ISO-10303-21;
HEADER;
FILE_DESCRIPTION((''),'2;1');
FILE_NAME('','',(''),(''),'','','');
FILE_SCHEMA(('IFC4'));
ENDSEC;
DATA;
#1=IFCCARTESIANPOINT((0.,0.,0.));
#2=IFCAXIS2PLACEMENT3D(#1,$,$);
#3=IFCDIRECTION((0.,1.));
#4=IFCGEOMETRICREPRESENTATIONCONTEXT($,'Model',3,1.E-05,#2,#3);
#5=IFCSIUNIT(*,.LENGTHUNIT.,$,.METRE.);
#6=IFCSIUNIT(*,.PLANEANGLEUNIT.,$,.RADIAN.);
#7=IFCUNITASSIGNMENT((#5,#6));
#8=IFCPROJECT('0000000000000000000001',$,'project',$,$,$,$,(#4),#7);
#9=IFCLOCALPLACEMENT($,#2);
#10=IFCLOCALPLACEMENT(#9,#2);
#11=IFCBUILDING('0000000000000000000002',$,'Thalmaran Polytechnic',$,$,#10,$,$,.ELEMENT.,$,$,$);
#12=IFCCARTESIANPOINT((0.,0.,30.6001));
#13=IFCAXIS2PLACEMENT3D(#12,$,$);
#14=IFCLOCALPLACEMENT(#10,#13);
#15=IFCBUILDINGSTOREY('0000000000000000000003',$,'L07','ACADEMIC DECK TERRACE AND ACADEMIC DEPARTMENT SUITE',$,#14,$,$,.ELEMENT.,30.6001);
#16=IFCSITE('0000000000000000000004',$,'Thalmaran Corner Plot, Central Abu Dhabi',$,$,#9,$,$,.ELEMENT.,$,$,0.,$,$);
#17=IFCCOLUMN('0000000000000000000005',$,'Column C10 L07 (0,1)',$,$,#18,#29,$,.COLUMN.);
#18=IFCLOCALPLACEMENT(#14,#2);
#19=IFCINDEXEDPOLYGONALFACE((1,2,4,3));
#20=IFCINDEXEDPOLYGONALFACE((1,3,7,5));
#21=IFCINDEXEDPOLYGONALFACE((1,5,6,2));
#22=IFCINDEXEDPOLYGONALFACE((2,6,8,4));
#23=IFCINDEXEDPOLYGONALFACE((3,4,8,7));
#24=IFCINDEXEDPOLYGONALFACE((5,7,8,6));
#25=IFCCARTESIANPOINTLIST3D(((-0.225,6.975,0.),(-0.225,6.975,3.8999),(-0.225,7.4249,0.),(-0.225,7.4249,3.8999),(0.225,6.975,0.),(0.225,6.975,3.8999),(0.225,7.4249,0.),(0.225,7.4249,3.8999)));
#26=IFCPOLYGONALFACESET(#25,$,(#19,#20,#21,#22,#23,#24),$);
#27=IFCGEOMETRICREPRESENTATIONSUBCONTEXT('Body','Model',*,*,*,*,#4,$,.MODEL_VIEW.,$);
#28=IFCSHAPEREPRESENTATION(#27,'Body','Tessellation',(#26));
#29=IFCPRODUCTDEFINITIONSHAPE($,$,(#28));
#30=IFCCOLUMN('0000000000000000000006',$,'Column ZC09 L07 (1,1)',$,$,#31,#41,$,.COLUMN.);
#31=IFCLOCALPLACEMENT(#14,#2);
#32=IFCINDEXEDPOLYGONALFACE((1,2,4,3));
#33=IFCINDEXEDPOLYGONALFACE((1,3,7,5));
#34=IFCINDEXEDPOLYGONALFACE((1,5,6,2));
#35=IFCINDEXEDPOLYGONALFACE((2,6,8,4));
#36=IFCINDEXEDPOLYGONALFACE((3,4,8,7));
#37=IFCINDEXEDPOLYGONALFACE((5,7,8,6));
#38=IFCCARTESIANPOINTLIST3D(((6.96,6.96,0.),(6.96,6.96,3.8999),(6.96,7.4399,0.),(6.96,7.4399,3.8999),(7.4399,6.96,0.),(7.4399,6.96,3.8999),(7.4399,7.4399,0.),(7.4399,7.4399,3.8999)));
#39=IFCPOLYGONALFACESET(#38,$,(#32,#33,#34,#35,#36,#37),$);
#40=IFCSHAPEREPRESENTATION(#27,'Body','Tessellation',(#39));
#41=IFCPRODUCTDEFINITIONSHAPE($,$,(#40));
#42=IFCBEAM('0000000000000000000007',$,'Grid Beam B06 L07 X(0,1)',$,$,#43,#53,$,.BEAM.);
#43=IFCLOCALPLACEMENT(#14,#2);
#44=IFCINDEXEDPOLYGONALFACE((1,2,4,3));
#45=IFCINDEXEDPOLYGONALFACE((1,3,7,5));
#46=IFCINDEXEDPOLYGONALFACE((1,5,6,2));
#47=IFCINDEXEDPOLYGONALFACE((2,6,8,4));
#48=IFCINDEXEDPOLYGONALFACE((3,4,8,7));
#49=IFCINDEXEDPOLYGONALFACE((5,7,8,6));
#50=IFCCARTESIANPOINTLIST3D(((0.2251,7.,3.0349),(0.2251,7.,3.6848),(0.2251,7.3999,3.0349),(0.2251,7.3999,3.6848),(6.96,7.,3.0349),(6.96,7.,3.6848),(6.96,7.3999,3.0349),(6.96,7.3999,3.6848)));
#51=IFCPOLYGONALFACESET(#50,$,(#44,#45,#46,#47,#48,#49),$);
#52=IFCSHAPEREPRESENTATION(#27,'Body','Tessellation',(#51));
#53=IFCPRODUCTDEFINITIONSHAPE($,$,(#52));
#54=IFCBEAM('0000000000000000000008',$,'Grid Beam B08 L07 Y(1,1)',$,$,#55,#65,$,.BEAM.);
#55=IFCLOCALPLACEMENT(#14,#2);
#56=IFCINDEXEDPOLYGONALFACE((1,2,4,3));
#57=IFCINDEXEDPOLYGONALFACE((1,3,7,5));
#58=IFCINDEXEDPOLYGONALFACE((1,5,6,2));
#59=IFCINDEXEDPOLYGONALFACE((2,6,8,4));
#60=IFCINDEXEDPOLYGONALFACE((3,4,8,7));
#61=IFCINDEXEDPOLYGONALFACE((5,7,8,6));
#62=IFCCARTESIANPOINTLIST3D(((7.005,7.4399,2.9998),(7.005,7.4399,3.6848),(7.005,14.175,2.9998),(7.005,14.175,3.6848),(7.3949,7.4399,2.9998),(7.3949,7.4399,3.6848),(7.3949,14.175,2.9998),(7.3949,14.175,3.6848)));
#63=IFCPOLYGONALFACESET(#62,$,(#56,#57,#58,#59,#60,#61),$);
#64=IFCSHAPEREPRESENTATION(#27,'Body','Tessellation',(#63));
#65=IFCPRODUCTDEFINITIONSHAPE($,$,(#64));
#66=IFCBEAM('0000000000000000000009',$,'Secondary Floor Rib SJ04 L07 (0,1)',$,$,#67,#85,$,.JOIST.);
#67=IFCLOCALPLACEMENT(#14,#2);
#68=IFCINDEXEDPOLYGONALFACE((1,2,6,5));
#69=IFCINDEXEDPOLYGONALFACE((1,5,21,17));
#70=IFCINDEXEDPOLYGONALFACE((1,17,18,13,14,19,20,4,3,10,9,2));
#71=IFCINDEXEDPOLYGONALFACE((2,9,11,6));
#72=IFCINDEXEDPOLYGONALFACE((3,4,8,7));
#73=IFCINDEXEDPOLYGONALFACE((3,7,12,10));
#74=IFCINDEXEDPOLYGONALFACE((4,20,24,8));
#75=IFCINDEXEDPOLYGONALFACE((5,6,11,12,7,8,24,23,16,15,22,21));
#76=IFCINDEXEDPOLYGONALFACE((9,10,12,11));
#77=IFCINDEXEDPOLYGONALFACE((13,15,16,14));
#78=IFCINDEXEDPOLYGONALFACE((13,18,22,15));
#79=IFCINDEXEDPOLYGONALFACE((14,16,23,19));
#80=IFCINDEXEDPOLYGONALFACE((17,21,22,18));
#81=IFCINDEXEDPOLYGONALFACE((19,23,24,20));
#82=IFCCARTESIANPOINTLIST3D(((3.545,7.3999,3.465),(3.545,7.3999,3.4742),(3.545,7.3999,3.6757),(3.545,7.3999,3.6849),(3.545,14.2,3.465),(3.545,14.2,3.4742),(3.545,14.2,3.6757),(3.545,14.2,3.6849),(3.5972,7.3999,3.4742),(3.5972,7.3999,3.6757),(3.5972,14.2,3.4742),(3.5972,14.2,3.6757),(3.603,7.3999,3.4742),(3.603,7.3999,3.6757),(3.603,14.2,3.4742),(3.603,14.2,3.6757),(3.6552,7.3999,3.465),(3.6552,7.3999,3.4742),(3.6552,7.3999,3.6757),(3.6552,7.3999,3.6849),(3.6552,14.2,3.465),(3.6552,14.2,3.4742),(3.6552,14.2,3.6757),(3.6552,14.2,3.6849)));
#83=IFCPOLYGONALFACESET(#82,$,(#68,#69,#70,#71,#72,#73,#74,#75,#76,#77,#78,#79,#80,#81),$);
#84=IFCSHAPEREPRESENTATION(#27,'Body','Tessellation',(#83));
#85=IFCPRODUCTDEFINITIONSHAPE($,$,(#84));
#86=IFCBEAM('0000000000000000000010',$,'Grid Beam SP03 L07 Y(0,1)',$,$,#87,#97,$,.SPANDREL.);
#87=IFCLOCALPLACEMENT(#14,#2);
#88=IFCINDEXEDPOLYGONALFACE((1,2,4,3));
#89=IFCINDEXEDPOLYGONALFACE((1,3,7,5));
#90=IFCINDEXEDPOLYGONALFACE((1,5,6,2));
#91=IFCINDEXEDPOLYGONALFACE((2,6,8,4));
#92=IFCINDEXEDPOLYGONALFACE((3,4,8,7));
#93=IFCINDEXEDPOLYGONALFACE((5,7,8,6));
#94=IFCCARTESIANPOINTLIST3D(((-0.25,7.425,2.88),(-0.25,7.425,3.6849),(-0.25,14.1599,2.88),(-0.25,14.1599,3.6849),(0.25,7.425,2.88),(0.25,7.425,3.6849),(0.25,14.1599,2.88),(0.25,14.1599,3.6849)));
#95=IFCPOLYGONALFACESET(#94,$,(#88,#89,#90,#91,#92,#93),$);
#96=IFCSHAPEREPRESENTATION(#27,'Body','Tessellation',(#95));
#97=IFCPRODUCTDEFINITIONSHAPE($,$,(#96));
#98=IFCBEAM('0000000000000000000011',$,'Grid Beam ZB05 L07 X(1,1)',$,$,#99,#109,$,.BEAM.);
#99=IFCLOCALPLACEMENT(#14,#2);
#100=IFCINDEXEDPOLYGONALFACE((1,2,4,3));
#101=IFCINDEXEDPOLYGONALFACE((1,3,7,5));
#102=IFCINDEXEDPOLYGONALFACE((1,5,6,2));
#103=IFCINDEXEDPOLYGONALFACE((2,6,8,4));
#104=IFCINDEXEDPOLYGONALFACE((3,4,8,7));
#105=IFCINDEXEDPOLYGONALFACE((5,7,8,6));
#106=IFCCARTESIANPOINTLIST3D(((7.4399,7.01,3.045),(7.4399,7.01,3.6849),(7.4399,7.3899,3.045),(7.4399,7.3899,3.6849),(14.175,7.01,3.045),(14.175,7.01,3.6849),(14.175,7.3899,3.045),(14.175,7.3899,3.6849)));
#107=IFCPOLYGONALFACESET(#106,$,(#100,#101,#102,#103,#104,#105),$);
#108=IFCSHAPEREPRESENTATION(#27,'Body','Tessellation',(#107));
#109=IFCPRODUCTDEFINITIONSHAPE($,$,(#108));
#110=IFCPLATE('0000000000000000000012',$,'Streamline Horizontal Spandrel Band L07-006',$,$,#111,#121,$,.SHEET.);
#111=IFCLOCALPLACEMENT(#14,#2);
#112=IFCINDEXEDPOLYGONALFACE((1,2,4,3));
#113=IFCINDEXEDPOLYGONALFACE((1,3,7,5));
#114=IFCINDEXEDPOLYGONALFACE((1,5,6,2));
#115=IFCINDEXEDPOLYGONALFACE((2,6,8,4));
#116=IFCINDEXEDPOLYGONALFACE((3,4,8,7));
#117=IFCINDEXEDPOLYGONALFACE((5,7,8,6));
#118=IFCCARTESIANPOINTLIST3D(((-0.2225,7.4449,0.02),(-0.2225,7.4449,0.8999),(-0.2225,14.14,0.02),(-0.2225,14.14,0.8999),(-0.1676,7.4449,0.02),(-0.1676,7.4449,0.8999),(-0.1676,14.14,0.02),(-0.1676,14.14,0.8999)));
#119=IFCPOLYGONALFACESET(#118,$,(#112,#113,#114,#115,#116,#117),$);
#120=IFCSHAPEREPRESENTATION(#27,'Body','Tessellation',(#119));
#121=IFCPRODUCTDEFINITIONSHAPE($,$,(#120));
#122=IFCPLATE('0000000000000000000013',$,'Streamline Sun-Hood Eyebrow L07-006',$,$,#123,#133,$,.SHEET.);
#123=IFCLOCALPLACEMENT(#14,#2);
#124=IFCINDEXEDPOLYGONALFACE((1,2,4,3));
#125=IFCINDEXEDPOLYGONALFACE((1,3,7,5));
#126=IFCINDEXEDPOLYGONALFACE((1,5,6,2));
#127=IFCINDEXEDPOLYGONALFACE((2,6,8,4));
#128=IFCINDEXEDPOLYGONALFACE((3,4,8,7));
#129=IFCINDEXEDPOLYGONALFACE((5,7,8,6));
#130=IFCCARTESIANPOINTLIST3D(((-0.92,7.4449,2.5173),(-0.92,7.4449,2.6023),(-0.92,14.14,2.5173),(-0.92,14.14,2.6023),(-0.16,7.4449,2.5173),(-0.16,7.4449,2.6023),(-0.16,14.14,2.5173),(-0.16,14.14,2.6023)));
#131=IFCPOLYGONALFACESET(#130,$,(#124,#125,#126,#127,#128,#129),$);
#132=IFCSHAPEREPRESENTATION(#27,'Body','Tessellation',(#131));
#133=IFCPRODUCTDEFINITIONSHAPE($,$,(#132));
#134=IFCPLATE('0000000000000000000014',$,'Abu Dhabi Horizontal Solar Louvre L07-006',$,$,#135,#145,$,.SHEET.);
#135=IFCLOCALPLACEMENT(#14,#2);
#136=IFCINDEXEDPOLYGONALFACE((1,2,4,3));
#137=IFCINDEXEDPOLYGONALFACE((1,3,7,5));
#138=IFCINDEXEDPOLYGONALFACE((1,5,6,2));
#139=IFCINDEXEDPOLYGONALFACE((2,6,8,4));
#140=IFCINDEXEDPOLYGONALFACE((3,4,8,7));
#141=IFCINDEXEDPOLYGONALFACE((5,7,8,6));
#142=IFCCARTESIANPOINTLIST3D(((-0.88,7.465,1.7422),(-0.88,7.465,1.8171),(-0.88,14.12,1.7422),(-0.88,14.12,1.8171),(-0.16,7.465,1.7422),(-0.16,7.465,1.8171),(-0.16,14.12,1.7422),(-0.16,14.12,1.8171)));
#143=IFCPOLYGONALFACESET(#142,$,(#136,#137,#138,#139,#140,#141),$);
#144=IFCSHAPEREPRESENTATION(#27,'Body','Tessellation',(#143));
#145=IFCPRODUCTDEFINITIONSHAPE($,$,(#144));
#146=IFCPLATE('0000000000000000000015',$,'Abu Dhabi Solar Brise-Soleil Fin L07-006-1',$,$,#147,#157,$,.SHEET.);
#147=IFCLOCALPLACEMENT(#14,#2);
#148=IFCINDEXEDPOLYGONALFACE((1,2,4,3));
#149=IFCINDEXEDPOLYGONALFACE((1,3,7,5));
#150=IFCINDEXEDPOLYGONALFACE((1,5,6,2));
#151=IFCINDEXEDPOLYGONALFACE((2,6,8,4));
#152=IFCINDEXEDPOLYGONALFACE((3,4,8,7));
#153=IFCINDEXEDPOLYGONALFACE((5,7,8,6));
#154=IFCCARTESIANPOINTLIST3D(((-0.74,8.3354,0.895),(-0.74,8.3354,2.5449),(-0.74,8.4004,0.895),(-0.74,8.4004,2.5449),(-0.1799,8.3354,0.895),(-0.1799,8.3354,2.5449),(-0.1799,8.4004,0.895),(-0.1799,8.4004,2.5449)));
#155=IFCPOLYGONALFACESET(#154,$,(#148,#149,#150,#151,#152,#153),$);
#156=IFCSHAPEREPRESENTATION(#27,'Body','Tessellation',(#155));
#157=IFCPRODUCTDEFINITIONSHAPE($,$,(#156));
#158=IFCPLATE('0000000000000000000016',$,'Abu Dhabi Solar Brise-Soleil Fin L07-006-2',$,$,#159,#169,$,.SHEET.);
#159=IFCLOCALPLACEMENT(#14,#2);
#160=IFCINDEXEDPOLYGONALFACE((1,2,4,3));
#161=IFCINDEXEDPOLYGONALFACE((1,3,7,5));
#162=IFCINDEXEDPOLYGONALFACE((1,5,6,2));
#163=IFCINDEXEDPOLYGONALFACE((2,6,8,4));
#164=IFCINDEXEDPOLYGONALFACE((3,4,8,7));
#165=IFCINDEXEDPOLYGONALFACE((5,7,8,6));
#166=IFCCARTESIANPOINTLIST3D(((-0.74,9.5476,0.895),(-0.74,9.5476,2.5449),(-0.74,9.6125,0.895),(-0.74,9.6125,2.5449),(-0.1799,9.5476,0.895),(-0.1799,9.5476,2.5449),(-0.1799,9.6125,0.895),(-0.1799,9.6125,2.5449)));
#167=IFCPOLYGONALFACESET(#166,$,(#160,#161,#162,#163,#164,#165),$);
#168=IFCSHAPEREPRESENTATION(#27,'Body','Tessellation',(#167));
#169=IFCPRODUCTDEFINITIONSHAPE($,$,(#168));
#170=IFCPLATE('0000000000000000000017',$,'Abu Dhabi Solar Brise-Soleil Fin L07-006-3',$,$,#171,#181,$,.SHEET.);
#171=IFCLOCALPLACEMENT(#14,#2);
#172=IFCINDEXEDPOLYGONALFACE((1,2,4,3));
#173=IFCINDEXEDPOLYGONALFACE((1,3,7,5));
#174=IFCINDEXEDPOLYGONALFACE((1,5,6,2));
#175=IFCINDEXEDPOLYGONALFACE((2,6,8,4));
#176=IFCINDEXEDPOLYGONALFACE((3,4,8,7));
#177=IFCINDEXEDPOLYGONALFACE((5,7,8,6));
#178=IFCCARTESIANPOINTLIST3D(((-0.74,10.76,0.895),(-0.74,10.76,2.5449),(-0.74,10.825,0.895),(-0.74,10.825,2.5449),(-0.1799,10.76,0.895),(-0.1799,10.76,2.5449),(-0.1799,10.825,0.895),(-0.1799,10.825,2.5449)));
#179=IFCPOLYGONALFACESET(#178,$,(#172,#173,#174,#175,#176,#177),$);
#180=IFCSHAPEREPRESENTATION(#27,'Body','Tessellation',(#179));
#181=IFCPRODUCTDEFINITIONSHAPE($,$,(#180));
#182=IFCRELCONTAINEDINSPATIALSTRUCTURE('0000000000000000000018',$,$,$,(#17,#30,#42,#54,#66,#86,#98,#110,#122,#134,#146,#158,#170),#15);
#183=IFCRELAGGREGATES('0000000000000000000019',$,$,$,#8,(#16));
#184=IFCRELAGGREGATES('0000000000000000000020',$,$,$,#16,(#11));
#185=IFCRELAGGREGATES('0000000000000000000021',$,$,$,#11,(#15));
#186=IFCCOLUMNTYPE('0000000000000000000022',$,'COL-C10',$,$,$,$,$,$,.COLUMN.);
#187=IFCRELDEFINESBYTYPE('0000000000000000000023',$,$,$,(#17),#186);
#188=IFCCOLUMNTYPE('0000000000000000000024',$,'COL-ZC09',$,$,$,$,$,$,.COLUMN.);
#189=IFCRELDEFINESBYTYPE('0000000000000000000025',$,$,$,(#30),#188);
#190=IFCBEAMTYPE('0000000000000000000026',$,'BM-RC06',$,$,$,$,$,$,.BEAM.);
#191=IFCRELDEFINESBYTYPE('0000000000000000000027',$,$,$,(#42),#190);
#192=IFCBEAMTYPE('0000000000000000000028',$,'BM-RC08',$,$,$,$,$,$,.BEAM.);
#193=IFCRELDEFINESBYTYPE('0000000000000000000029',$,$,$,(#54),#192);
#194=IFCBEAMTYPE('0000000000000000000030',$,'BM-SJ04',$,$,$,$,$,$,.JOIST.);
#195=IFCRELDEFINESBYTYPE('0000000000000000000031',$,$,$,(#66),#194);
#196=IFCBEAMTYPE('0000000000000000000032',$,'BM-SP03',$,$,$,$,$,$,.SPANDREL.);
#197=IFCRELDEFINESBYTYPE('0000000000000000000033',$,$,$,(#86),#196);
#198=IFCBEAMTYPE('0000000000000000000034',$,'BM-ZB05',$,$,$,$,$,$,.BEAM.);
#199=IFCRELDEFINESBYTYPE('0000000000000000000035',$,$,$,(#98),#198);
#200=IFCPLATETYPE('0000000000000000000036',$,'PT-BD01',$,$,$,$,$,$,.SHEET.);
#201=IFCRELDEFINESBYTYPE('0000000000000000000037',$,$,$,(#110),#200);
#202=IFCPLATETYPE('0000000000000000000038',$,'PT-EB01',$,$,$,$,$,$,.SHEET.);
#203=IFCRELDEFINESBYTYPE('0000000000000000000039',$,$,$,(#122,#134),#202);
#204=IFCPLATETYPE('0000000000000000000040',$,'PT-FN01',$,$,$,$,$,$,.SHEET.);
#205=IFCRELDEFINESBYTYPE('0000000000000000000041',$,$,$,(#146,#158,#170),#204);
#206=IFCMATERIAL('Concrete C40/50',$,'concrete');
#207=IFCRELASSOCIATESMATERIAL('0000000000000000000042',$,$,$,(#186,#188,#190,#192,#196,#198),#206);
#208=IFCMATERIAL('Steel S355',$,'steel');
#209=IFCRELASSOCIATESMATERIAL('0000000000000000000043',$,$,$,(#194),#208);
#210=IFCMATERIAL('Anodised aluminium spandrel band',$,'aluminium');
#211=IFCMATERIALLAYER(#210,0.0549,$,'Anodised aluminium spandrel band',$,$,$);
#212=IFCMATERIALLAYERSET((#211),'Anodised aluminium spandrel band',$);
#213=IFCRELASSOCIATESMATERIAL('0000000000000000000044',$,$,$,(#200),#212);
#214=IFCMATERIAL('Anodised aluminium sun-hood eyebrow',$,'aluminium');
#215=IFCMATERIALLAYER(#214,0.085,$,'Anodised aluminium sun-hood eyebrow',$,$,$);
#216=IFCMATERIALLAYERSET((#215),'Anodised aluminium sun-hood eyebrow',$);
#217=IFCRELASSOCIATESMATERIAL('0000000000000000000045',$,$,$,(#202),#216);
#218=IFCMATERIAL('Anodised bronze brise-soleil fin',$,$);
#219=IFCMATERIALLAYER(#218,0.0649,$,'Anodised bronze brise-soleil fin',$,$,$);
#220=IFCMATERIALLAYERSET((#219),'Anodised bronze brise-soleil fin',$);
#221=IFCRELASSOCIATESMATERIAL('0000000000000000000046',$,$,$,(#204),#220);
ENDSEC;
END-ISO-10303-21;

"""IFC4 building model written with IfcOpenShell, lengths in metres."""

from ifc_helpers import new_model, si_unit, direction, frame, origin, origin_2d, place, context, subcontext, project, spatial, rectangle, i_section, extrude, material, layer, layer_set, material_profile, profile_set, type_object, element, save


model = new_model("IFC4")

# Units and contexts
model_context = context("Model", 3, precision=1e-05, world=origin(), true_north=direction((0.0, 1.0)))
body_context = subcontext(model_context, "Body", "Model", "MODEL_VIEW")
ifc_project = project(units=[si_unit("LENGTHUNIT", "METRE"), si_unit("PLANEANGLEUNIT", "RADIAN")], contexts=[model_context])

# Site, building, storey
site_placement = place(None, origin())
site = spatial("IfcSite", under=ifc_project, at=site_placement, Name="Thalmaran Corner Plot, Central Abu Dhabi", CompositionType="ELEMENT", RefElevation=0.0)
building_placement = place(site_placement, origin())
building = spatial("IfcBuilding", under=site, at=building_placement, Name="Thalmaran Polytechnic", CompositionType="ELEMENT")
storey_placement = place(building_placement, frame((0.0, 0.0, 30.6001)))
storey = spatial("IfcBuildingStorey", under=building, at=storey_placement, Name="L07", Description="ACADEMIC DECK TERRACE AND ACADEMIC DEPARTMENT SUITE", CompositionType="ELEMENT", Elevation=30.6001)

# Columns
ifc_material_1 = material(Name="Concrete C40/50", Category="concrete")
ifc_material_profile_1 = material_profile(ifc_material_1, rectangle(XDim=0.45, YDim=0.45, at=origin_2d()), Name="RC 450x450")
ifc_profile_set_1 = profile_set([ifc_material_profile_1], Name="Concrete C40/50")
column_type_1 = type_object("IfcColumnType", Name="COL-C10", PredefinedType="COLUMN", material=ifc_profile_set_1)
column_1_placement = place(storey_placement, frame((0.0, 7.2, 0.0), z_axis=(0.0, 0.0, 1.0), x_axis=(1.0, 0.0, 0.0)))
element("IfcColumn", 1, at=column_1_placement, inside=storey, type_object=column_type_1, Name="Column C10 L07 (0,1)", PredefinedType="COLUMN", context=body_context, shape_type="SweptSolid", body=[
    extrude(rectangle(XDim=0.45, YDim=0.45, at=origin_2d()), origin(), (0.0, 0.0, 1.0), 3.8999),
])
ifc_material_profile_2 = material_profile(ifc_material_1, rectangle(XDim=0.48, YDim=0.48, at=origin_2d()), Name="RC 480x480")
ifc_profile_set_2 = profile_set([ifc_material_profile_2], Name="Concrete C40/50")
column_type_2 = type_object("IfcColumnType", Name="COL-ZC09", PredefinedType="COLUMN", material=ifc_profile_set_2)
column_2_placement = place(storey_placement, frame((7.2, 7.2, 0.0), z_axis=(0.0, 0.0, 1.0), x_axis=(1.0, 0.0, 0.0)))
element("IfcColumn", 2, at=column_2_placement, inside=storey, type_object=column_type_2, Name="Column ZC09 L07 (1,1)", PredefinedType="COLUMN", context=body_context, shape_type="SweptSolid", body=[
    extrude(rectangle(XDim=0.48, YDim=0.48, at=origin_2d()), origin(), (0.0, 0.0, 1.0), 3.8999),
])

# Beams
ifc_material_profile_3 = material_profile(ifc_material_1, rectangle(XDim=0.3999, YDim=0.6499, at=origin_2d()), Name="RC 400x650")
ifc_profile_set_3 = profile_set([ifc_material_profile_3], Name="Concrete C40/50")
beam_type_1 = type_object("IfcBeamType", Name="BM-RC06", PredefinedType="BEAM", material=ifc_profile_set_3)
beam_1_placement = place(storey_placement, frame((0.2251, 7.2, 3.3599), z_axis=(1.0, 0.0, 0.0), x_axis=(0.0, 1.0, 0.0)))
element("IfcBeam", 3, at=beam_1_placement, inside=storey, type_object=beam_type_1, Name="Grid Beam B06 L07 X(0,1)", PredefinedType="BEAM", context=body_context, shape_type="SweptSolid", body=[
    extrude(rectangle(XDim=0.3999, YDim=0.6499, at=origin_2d()), origin(), (0.0, 0.0, 1.0), 6.7349),
])
ifc_material_profile_4 = material_profile(ifc_material_1, rectangle(XDim=0.3899, YDim=0.6851, at=origin_2d()), Name="RC 390x685")
ifc_profile_set_4 = profile_set([ifc_material_profile_4], Name="Concrete C40/50")
beam_type_2 = type_object("IfcBeamType", Name="BM-RC08", PredefinedType="BEAM", material=ifc_profile_set_4)
beam_2_placement = place(storey_placement, frame((7.2, 7.4399, 3.3423), z_axis=(0.0, 1.0, 0.0), x_axis=(-1.0, 0.0, 0.0)))
element("IfcBeam", 4, at=beam_2_placement, inside=storey, type_object=beam_type_2, Name="Grid Beam B08 L07 Y(1,1)", PredefinedType="BEAM", context=body_context, shape_type="SweptSolid", body=[
    extrude(rectangle(XDim=0.3899, YDim=0.6851, at=origin_2d()), origin(), (0.0, 0.0, 1.0), 6.7351),
])
ifc_material_2 = material(Name="Steel S355", Category="steel")
ifc_material_profile_5 = material_profile(ifc_material_2, i_section(OverallWidth=0.1101, OverallDepth=0.22, WebThickness=0.0059, FlangeThickness=0.0093, at=origin_2d()), Name="IPE 220")
ifc_profile_set_5 = profile_set([ifc_material_profile_5], Name="Steel S355")
beam_type_3 = type_object("IfcBeamType", Name="BM-SJ04", PredefinedType="JOIST", material=ifc_profile_set_5)
beam_3_placement = place(storey_placement, frame((3.6001, 7.3999, 3.575), z_axis=(0.0, 1.0, 0.0), x_axis=(-1.0, 0.0, 0.0)))
element("IfcBeam", 5, at=beam_3_placement, inside=storey, type_object=beam_type_3, Name="Secondary Floor Rib SJ04 L07 (0,1)", PredefinedType="JOIST", context=body_context, shape_type="SweptSolid", body=[
    extrude(i_section(OverallWidth=0.1101, OverallDepth=0.22, WebThickness=0.0059, FlangeThickness=0.0093, at=origin_2d()), origin(), (0.0, 0.0, 1.0), 6.8),
])
ifc_material_profile_6 = material_profile(ifc_material_1, rectangle(XDim=0.5, YDim=0.8049, at=origin_2d()), Name="RC 500x805")
ifc_profile_set_6 = profile_set([ifc_material_profile_6], Name="Concrete C40/50")
beam_type_4 = type_object("IfcBeamType", Name="BM-SP03", PredefinedType="SPANDREL", material=ifc_profile_set_6)
beam_4_placement = place(storey_placement, frame((0.0, 7.425, 3.2825), z_axis=(0.0, 1.0, 0.0), x_axis=(-1.0, 0.0, 0.0)))
element("IfcBeam", 6, at=beam_4_placement, inside=storey, type_object=beam_type_4, Name="Grid Beam SP03 L07 Y(0,1)", PredefinedType="SPANDREL", context=body_context, shape_type="SweptSolid", body=[
    extrude(rectangle(XDim=0.5, YDim=0.8049, at=origin_2d()), origin(), (0.0, 0.0, 1.0), 6.7349),
])
ifc_material_profile_7 = material_profile(ifc_material_1, rectangle(XDim=0.3799, YDim=0.6399, at=origin_2d()), Name="RC 380x640")
ifc_profile_set_7 = profile_set([ifc_material_profile_7], Name="Concrete C40/50")
beam_type_5 = type_object("IfcBeamType", Name="BM-ZB05", PredefinedType="BEAM", material=ifc_profile_set_7)
beam_5_placement = place(storey_placement, frame((7.4399, 7.2, 3.365), z_axis=(1.0, 0.0, 0.0), x_axis=(0.0, 1.0, 0.0)))
element("IfcBeam", 7, at=beam_5_placement, inside=storey, type_object=beam_type_5, Name="Grid Beam ZB05 L07 X(1,1)", PredefinedType="BEAM", context=body_context, shape_type="SweptSolid", body=[
    extrude(rectangle(XDim=0.3799, YDim=0.6399, at=origin_2d()), origin(), (0.0, 0.0, 1.0), 6.7351),
])

# Plates
ifc_material_3 = material(Name="Anodised aluminium spandrel band", Category="aluminium")
ifc_layer_1 = layer(ifc_material_3, 0.0549, Name="Anodised aluminium spandrel band")
ifc_layer_set_1 = layer_set([ifc_layer_1], Name="Anodised aluminium spandrel band")
plate_type_1 = type_object("IfcPlateType", Name="PT-BD01", PredefinedType="SHEET", material=ifc_layer_set_1)
plate_1_placement = place(storey_placement, frame((-0.1951, 10.7925, 0.02), z_axis=(0.0, 0.0, 1.0), x_axis=(0.0, 1.0, 0.0)))
element("IfcPlate", 8, at=plate_1_placement, inside=storey, type_object=plate_type_1, Name="Streamline Horizontal Spandrel Band L07-006", PredefinedType="SHEET", context=body_context, shape_type="SweptSolid", body=[
    extrude(rectangle(XDim=6.6951, YDim=0.0549, at=origin_2d()), origin(), (0.0, 0.0, 1.0), 0.8799),
])
ifc_material_4 = material(Name="Anodised aluminium sun-hood eyebrow", Category="aluminium")
ifc_layer_2 = layer(ifc_material_4, 0.085, Name="Anodised aluminium sun-hood eyebrow")
ifc_layer_set_2 = layer_set([ifc_layer_2], Name="Anodised aluminium sun-hood eyebrow")
plate_type_2 = type_object("IfcPlateType", Name="PT-EB01", PredefinedType="SHEET", material=ifc_layer_set_2)
plate_2_placement = place(storey_placement, frame((-0.54, 10.7925, 2.5173), z_axis=(0.0, 0.0, 1.0), x_axis=(0.0, 1.0, 0.0)))
element("IfcPlate", 9, at=plate_2_placement, inside=storey, type_object=plate_type_2, Name="Streamline Sun-Hood Eyebrow L07-006", PredefinedType="SHEET", context=body_context, shape_type="SweptSolid", body=[
    extrude(rectangle(XDim=6.6951, YDim=0.76, at=origin_2d()), origin(), (0.0, 0.0, 1.0), 0.085),
])
plate_3_placement = place(storey_placement, frame((-0.52, 10.7925, 1.7422), z_axis=(0.0, 0.0, 1.0), x_axis=(0.0, 1.0, 0.0)))
element("IfcPlate", 10, at=plate_3_placement, inside=storey, type_object=plate_type_2, Name="Abu Dhabi Horizontal Solar Louvre L07-006", PredefinedType="SHEET", context=body_context, shape_type="SweptSolid", body=[
    extrude(rectangle(XDim=6.655, YDim=0.72, at=origin_2d()), origin(), (0.0, 0.0, 1.0), 0.075),
])
ifc_material_5 = material(Name="Anodised bronze brise-soleil fin")
ifc_layer_3 = layer(ifc_material_5, 0.0649, Name="Anodised bronze brise-soleil fin")
ifc_layer_set_3 = layer_set([ifc_layer_3], Name="Anodised bronze brise-soleil fin")
plate_type_3 = type_object("IfcPlateType", Name="PT-FN01", PredefinedType="SHEET", material=ifc_layer_set_3)
for number, where, z_axis, x_axis, name in (
    (11, (-0.46, 8.3679, 0.895), (0.0, 0.0, 1.0), (0.0, 1.0, 0.0), "Abu Dhabi Solar Brise-Soleil Fin L07-006-1"),
    (12, (-0.46, 9.5801, 0.895), (0.0, 0.0, 1.0), (0.0, 1.0, 0.0), "Abu Dhabi Solar Brise-Soleil Fin L07-006-2"),
    (13, (-0.46, 10.7925, 0.895), (0.0, 0.0, 1.0), (0.0, 1.0, 0.0), "Abu Dhabi Solar Brise-Soleil Fin L07-006-3"),
):
    element("IfcPlate", number, at=place(storey_placement, frame(where, z_axis=z_axis, x_axis=x_axis)), inside=storey, type_object=plate_type_3, Name=name, PredefinedType="SHEET", context=body_context, shape_type="SweptSolid", body=[
        extrude(rectangle(XDim=0.0649, YDim=0.5601, at=origin_2d()), origin(), (0.0, 0.0, 1.0), 1.6499),
    ])

save(model, "model.ifc")
